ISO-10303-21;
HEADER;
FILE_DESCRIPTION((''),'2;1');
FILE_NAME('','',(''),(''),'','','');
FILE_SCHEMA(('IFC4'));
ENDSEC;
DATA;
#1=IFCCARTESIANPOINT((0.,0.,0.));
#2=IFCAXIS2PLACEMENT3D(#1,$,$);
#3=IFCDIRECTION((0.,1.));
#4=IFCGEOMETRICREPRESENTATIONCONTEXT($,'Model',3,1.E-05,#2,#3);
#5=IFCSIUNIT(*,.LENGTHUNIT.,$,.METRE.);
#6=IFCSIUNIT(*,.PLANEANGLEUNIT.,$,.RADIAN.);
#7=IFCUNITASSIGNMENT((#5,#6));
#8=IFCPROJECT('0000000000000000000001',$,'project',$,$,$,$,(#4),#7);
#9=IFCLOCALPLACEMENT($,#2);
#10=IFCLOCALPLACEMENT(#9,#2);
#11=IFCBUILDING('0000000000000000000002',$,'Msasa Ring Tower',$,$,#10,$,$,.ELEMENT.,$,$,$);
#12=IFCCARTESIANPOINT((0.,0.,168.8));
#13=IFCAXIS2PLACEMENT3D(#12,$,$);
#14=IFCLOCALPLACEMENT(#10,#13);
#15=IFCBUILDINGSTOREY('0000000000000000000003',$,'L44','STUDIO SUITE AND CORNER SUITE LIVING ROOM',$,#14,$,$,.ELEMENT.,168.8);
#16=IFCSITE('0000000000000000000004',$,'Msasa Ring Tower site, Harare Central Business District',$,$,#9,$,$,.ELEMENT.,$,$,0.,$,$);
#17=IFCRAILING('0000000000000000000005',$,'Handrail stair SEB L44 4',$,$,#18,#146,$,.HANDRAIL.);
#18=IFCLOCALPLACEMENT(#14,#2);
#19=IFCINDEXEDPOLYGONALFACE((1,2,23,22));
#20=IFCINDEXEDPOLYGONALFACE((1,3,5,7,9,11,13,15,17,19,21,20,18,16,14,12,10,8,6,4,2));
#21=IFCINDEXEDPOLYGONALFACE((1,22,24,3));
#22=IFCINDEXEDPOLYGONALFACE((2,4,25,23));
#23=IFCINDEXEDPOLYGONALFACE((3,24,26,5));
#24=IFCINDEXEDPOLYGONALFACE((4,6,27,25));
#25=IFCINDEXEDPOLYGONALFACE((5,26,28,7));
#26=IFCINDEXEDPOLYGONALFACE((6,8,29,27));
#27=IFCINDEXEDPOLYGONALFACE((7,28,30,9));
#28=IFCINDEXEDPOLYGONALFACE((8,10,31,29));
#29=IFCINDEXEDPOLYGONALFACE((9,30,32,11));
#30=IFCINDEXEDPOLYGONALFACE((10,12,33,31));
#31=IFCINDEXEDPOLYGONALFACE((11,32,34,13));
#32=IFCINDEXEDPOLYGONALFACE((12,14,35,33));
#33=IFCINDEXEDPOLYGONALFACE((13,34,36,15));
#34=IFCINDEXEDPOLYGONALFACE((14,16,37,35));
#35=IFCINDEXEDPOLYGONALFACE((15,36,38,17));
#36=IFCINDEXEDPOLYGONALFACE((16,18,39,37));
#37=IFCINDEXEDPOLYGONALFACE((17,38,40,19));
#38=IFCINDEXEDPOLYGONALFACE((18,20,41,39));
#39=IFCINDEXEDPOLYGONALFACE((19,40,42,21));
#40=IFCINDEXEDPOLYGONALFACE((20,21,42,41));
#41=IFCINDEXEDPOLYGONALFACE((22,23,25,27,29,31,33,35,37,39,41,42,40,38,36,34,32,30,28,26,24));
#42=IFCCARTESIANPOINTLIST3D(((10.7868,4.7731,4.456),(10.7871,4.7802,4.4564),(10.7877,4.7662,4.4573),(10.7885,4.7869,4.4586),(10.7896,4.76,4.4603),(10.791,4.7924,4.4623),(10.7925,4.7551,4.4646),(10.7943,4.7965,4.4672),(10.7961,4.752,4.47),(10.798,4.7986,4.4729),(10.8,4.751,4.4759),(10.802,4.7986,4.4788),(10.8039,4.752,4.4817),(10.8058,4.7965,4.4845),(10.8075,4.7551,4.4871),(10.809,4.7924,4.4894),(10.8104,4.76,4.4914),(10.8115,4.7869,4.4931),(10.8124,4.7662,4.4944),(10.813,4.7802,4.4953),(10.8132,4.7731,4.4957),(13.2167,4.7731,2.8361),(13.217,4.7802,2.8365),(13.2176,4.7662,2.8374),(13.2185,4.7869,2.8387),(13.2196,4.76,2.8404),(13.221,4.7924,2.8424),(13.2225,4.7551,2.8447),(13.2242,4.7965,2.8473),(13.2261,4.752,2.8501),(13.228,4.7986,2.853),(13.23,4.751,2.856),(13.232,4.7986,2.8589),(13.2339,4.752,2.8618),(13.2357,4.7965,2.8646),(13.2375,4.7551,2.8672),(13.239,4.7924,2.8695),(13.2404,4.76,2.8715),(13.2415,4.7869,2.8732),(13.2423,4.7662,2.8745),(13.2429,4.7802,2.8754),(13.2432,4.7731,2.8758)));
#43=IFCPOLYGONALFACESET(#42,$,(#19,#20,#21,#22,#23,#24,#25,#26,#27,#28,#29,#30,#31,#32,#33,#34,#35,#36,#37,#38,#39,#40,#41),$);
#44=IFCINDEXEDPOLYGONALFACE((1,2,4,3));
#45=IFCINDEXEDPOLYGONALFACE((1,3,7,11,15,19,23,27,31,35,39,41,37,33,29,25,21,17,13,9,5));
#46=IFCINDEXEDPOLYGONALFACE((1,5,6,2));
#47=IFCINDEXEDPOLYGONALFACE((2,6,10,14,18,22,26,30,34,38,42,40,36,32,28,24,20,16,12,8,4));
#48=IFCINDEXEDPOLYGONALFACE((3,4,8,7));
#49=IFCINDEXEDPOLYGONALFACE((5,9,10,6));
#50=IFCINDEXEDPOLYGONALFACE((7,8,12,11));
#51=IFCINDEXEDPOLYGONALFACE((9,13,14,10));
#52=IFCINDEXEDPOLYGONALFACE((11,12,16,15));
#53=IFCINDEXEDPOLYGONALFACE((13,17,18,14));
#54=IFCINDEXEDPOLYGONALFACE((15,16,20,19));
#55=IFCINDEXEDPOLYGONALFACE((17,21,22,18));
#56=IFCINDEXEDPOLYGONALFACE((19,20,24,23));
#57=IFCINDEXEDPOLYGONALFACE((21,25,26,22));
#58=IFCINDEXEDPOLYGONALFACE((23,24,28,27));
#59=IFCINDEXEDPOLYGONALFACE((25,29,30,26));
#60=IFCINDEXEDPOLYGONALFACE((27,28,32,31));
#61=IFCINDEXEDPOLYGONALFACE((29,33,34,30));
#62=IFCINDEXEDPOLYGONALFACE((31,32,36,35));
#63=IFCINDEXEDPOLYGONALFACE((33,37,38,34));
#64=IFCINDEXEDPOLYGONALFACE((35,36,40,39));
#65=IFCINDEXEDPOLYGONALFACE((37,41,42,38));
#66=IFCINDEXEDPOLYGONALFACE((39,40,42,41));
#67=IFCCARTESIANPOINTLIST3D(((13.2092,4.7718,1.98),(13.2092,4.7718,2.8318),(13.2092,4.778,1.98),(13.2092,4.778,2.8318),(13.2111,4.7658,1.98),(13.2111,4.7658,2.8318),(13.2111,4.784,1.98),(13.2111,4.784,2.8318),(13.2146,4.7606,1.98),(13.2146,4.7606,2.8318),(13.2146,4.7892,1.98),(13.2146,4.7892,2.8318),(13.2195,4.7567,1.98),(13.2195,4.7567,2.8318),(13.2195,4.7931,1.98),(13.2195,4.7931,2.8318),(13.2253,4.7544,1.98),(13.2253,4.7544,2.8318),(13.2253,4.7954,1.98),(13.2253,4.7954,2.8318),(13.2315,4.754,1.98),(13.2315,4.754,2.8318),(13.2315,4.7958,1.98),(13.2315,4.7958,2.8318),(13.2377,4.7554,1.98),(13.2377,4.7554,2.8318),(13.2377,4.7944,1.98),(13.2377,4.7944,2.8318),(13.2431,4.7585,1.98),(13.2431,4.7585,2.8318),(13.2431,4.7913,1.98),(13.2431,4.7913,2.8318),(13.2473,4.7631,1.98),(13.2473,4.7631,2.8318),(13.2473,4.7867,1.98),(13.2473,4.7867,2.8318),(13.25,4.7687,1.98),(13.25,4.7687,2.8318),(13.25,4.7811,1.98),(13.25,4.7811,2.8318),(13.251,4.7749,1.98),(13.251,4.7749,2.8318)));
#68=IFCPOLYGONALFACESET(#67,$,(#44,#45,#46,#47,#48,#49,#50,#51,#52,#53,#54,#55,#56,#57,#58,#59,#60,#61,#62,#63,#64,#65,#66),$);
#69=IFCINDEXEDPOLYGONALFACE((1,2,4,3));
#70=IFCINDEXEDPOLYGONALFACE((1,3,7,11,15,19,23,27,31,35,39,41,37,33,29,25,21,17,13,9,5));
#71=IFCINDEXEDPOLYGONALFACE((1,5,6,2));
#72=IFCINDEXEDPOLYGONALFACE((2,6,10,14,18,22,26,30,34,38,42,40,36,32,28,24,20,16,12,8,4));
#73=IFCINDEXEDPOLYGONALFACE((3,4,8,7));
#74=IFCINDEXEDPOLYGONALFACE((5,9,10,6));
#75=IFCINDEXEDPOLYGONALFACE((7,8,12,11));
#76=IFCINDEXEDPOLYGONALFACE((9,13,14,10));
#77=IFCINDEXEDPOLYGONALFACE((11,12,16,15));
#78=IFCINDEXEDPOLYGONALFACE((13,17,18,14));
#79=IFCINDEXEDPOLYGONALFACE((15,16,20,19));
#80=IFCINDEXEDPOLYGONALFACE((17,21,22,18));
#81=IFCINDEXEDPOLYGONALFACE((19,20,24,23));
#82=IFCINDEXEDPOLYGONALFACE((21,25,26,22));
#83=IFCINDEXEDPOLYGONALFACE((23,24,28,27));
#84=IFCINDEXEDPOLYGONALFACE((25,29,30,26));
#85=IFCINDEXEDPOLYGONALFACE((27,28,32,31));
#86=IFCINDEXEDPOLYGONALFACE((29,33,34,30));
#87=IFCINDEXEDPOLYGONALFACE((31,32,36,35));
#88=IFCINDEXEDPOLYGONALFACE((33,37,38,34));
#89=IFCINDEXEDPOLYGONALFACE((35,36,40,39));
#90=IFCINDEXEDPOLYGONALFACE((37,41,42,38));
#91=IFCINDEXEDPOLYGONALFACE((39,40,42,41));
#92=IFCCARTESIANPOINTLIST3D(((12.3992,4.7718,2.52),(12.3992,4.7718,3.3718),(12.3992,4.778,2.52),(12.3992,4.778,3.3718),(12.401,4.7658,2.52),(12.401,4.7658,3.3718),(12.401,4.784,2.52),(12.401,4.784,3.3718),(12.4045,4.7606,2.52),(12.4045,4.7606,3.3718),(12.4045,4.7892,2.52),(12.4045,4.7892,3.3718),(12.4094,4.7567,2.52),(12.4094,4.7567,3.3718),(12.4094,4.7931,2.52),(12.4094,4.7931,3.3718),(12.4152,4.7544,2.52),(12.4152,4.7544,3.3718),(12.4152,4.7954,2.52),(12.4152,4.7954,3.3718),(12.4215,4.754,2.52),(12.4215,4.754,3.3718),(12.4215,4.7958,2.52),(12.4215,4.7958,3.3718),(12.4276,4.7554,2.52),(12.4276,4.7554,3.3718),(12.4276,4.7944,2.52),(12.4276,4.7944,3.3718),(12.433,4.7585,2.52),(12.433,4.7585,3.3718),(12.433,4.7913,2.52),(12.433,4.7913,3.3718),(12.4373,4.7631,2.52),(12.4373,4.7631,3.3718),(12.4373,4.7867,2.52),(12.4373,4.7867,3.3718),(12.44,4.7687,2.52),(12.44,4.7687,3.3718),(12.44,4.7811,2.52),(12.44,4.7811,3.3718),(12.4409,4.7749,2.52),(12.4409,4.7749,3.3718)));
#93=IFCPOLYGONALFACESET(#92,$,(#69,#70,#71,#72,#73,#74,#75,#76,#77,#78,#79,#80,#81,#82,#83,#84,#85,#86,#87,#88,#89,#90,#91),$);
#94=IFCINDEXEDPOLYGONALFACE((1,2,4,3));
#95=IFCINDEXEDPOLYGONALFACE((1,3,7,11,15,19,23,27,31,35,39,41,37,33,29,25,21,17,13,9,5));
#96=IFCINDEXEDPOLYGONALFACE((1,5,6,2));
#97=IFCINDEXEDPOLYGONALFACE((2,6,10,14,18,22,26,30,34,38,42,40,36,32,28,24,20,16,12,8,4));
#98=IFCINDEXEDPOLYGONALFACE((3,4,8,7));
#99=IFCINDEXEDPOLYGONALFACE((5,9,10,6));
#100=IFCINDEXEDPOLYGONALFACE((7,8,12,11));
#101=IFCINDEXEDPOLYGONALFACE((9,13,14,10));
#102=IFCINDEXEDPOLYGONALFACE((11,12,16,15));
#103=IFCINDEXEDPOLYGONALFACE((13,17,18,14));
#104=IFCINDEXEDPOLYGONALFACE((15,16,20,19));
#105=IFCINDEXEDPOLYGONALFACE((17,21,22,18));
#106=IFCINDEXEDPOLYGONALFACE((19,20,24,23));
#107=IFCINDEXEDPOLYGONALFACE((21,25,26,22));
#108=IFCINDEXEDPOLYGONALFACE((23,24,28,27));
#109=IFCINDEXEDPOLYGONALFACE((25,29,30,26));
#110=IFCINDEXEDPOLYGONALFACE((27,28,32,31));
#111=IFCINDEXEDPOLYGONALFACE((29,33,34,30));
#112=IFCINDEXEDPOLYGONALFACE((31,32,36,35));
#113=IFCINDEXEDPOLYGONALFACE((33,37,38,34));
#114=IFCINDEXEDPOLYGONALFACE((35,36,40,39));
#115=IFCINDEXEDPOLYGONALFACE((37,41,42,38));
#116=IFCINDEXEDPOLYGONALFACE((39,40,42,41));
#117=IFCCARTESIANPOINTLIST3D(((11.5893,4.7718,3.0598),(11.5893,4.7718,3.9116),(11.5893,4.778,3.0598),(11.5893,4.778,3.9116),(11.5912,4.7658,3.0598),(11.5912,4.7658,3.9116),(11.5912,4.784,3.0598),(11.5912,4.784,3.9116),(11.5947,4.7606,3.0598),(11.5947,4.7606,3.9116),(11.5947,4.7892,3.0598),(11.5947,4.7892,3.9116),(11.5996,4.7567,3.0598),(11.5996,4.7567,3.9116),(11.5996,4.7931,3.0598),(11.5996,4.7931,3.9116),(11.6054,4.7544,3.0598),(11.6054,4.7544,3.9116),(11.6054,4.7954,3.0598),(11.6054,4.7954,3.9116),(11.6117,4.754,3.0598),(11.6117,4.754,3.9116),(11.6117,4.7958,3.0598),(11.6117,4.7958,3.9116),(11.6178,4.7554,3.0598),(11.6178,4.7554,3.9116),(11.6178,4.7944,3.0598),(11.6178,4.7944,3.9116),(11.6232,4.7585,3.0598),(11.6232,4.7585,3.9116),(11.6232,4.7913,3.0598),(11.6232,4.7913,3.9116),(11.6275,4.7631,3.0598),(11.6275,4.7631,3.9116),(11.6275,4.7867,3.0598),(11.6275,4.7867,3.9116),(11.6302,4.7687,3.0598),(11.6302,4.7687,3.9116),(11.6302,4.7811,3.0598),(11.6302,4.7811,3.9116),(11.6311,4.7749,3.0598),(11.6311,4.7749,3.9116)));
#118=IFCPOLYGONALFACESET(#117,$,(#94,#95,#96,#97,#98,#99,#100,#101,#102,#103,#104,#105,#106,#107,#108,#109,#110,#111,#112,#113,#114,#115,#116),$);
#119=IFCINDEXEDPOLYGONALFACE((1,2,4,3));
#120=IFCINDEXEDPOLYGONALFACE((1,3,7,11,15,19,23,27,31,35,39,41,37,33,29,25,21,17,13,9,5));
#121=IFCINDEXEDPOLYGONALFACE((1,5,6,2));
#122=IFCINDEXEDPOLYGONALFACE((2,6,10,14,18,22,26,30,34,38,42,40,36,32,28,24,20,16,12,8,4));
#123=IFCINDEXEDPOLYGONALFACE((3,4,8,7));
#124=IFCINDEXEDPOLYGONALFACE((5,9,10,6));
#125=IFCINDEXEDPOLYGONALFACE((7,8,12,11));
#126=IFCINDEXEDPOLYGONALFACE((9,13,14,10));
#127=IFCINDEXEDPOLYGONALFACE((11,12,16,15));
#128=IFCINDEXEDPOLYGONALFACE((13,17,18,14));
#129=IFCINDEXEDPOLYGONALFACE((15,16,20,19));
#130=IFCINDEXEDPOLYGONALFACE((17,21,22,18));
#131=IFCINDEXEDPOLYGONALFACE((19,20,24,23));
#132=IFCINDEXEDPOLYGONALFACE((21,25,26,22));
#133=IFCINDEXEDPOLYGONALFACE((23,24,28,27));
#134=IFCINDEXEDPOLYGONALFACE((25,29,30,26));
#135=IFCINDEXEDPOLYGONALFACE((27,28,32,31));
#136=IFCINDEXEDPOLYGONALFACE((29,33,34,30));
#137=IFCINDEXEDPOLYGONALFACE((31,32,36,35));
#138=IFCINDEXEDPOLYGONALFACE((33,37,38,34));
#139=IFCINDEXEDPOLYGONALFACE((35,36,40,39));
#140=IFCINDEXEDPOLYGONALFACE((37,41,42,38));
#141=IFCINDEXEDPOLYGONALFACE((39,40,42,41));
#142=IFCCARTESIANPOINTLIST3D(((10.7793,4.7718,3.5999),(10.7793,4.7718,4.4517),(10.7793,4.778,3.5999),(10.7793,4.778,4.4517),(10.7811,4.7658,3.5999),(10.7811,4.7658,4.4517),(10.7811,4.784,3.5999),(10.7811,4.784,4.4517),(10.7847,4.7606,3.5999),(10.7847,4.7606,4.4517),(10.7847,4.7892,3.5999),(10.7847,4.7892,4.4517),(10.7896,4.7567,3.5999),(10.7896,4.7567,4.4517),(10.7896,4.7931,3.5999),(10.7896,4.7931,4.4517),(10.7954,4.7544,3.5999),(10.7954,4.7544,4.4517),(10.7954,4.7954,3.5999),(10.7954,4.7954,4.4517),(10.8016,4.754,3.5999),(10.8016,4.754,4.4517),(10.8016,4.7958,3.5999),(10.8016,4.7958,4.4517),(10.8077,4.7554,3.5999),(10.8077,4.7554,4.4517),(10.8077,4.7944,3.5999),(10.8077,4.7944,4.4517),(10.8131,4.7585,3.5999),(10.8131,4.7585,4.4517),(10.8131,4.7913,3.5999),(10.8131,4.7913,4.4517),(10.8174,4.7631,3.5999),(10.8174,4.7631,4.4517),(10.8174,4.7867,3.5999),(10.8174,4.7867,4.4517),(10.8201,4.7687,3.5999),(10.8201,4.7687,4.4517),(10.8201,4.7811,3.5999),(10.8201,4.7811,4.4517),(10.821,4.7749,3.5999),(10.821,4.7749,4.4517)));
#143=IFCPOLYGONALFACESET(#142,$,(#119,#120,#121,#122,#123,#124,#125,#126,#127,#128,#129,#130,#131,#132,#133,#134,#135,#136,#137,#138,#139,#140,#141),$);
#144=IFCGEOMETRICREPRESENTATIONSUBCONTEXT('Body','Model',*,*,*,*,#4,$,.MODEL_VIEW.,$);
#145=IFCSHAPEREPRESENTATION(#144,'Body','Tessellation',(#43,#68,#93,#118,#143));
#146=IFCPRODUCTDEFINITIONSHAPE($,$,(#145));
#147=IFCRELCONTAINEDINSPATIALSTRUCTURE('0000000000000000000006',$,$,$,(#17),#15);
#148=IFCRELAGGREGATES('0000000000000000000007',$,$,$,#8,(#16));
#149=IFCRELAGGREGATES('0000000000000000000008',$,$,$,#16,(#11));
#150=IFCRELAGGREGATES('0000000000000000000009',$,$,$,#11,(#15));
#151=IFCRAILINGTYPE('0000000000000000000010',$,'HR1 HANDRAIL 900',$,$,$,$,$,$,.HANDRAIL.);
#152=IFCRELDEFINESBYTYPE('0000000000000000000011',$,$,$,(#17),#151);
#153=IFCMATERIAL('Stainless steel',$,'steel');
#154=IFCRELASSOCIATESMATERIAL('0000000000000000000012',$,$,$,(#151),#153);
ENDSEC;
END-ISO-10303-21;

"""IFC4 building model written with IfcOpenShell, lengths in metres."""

from ifc_helpers import new_model, si_unit, direction, frame, origin, origin_2d, place, context, subcontext, project, spatial, circle, extrude, material, type_object, element, save


model = new_model("IFC4")

# Units and contexts
model_context = context("Model", 3, precision=1e-05, world=origin(), true_north=direction((0.0, 1.0)))
body_context = subcontext(model_context, "Body", "Model", "MODEL_VIEW")
ifc_project = project(units=[si_unit("LENGTHUNIT", "METRE"), si_unit("PLANEANGLEUNIT", "RADIAN")], contexts=[model_context])

# Site, building, storey
site_placement = place(None, origin())
site = spatial("IfcSite", under=ifc_project, at=site_placement, Name="Msasa Ring Tower site, Harare Central Business District", CompositionType="ELEMENT", RefElevation=0.0)
building_placement = place(site_placement, origin())
building = spatial("IfcBuilding", under=site, at=building_placement, Name="Msasa Ring Tower", CompositionType="ELEMENT")
storey_placement = place(building_placement, frame((0.0, 0.0, 168.8)))
storey = spatial("IfcBuildingStorey", under=building, at=storey_placement, Name="L44", Description="STUDIO SUITE AND CORNER SUITE LIVING ROOM", CompositionType="ELEMENT", Elevation=168.8)

# Railing
ifc_material_1 = material(Name="Stainless steel", Category="steel")
railing_type = type_object("IfcRailingType", Name="HR1 HANDRAIL 900", PredefinedType="HANDRAIL", material=ifc_material_1)
for number, where, name in (
    (1, (13.23, 4.7749, 1.98), "Handrail stair SEB L44 4"),
):
    element("IfcRailing", number, at=place(storey_placement, frame(where)), inside=storey, type_object=railing_type, Name=name, PredefinedType="HANDRAIL", context=body_context, shape_type="SweptSolid", body=[
        extrude(circle(Radius=0.0239, at=origin_2d()), frame((0.0, 0.0, 0.876), z_axis=(-0.832063, 0.0, 0.554681), x_axis=(0.0, -1.0, 0.0)), (0.0, 0.0, 1.0), 2.9204),
        extrude(circle(Radius=0.021, at=origin_2d()), origin(), (0.0, 0.0, 1.0), 0.8518),
        extrude(circle(Radius=0.021, at=origin_2d()), frame((-0.8101, 0.0, 0.54)), (0.0, 0.0, 1.0), 0.8518),
        extrude(circle(Radius=0.021, at=origin_2d()), frame((-1.6199, 0.0, 1.0798)), (0.0, 0.0, 1.0), 0.8518),
        extrude(circle(Radius=0.021, at=origin_2d()), frame((-2.4299, 0.0, 1.6199)), (0.0, 0.0, 1.0), 0.8518),
    ])

save(model, "model.ifc")
